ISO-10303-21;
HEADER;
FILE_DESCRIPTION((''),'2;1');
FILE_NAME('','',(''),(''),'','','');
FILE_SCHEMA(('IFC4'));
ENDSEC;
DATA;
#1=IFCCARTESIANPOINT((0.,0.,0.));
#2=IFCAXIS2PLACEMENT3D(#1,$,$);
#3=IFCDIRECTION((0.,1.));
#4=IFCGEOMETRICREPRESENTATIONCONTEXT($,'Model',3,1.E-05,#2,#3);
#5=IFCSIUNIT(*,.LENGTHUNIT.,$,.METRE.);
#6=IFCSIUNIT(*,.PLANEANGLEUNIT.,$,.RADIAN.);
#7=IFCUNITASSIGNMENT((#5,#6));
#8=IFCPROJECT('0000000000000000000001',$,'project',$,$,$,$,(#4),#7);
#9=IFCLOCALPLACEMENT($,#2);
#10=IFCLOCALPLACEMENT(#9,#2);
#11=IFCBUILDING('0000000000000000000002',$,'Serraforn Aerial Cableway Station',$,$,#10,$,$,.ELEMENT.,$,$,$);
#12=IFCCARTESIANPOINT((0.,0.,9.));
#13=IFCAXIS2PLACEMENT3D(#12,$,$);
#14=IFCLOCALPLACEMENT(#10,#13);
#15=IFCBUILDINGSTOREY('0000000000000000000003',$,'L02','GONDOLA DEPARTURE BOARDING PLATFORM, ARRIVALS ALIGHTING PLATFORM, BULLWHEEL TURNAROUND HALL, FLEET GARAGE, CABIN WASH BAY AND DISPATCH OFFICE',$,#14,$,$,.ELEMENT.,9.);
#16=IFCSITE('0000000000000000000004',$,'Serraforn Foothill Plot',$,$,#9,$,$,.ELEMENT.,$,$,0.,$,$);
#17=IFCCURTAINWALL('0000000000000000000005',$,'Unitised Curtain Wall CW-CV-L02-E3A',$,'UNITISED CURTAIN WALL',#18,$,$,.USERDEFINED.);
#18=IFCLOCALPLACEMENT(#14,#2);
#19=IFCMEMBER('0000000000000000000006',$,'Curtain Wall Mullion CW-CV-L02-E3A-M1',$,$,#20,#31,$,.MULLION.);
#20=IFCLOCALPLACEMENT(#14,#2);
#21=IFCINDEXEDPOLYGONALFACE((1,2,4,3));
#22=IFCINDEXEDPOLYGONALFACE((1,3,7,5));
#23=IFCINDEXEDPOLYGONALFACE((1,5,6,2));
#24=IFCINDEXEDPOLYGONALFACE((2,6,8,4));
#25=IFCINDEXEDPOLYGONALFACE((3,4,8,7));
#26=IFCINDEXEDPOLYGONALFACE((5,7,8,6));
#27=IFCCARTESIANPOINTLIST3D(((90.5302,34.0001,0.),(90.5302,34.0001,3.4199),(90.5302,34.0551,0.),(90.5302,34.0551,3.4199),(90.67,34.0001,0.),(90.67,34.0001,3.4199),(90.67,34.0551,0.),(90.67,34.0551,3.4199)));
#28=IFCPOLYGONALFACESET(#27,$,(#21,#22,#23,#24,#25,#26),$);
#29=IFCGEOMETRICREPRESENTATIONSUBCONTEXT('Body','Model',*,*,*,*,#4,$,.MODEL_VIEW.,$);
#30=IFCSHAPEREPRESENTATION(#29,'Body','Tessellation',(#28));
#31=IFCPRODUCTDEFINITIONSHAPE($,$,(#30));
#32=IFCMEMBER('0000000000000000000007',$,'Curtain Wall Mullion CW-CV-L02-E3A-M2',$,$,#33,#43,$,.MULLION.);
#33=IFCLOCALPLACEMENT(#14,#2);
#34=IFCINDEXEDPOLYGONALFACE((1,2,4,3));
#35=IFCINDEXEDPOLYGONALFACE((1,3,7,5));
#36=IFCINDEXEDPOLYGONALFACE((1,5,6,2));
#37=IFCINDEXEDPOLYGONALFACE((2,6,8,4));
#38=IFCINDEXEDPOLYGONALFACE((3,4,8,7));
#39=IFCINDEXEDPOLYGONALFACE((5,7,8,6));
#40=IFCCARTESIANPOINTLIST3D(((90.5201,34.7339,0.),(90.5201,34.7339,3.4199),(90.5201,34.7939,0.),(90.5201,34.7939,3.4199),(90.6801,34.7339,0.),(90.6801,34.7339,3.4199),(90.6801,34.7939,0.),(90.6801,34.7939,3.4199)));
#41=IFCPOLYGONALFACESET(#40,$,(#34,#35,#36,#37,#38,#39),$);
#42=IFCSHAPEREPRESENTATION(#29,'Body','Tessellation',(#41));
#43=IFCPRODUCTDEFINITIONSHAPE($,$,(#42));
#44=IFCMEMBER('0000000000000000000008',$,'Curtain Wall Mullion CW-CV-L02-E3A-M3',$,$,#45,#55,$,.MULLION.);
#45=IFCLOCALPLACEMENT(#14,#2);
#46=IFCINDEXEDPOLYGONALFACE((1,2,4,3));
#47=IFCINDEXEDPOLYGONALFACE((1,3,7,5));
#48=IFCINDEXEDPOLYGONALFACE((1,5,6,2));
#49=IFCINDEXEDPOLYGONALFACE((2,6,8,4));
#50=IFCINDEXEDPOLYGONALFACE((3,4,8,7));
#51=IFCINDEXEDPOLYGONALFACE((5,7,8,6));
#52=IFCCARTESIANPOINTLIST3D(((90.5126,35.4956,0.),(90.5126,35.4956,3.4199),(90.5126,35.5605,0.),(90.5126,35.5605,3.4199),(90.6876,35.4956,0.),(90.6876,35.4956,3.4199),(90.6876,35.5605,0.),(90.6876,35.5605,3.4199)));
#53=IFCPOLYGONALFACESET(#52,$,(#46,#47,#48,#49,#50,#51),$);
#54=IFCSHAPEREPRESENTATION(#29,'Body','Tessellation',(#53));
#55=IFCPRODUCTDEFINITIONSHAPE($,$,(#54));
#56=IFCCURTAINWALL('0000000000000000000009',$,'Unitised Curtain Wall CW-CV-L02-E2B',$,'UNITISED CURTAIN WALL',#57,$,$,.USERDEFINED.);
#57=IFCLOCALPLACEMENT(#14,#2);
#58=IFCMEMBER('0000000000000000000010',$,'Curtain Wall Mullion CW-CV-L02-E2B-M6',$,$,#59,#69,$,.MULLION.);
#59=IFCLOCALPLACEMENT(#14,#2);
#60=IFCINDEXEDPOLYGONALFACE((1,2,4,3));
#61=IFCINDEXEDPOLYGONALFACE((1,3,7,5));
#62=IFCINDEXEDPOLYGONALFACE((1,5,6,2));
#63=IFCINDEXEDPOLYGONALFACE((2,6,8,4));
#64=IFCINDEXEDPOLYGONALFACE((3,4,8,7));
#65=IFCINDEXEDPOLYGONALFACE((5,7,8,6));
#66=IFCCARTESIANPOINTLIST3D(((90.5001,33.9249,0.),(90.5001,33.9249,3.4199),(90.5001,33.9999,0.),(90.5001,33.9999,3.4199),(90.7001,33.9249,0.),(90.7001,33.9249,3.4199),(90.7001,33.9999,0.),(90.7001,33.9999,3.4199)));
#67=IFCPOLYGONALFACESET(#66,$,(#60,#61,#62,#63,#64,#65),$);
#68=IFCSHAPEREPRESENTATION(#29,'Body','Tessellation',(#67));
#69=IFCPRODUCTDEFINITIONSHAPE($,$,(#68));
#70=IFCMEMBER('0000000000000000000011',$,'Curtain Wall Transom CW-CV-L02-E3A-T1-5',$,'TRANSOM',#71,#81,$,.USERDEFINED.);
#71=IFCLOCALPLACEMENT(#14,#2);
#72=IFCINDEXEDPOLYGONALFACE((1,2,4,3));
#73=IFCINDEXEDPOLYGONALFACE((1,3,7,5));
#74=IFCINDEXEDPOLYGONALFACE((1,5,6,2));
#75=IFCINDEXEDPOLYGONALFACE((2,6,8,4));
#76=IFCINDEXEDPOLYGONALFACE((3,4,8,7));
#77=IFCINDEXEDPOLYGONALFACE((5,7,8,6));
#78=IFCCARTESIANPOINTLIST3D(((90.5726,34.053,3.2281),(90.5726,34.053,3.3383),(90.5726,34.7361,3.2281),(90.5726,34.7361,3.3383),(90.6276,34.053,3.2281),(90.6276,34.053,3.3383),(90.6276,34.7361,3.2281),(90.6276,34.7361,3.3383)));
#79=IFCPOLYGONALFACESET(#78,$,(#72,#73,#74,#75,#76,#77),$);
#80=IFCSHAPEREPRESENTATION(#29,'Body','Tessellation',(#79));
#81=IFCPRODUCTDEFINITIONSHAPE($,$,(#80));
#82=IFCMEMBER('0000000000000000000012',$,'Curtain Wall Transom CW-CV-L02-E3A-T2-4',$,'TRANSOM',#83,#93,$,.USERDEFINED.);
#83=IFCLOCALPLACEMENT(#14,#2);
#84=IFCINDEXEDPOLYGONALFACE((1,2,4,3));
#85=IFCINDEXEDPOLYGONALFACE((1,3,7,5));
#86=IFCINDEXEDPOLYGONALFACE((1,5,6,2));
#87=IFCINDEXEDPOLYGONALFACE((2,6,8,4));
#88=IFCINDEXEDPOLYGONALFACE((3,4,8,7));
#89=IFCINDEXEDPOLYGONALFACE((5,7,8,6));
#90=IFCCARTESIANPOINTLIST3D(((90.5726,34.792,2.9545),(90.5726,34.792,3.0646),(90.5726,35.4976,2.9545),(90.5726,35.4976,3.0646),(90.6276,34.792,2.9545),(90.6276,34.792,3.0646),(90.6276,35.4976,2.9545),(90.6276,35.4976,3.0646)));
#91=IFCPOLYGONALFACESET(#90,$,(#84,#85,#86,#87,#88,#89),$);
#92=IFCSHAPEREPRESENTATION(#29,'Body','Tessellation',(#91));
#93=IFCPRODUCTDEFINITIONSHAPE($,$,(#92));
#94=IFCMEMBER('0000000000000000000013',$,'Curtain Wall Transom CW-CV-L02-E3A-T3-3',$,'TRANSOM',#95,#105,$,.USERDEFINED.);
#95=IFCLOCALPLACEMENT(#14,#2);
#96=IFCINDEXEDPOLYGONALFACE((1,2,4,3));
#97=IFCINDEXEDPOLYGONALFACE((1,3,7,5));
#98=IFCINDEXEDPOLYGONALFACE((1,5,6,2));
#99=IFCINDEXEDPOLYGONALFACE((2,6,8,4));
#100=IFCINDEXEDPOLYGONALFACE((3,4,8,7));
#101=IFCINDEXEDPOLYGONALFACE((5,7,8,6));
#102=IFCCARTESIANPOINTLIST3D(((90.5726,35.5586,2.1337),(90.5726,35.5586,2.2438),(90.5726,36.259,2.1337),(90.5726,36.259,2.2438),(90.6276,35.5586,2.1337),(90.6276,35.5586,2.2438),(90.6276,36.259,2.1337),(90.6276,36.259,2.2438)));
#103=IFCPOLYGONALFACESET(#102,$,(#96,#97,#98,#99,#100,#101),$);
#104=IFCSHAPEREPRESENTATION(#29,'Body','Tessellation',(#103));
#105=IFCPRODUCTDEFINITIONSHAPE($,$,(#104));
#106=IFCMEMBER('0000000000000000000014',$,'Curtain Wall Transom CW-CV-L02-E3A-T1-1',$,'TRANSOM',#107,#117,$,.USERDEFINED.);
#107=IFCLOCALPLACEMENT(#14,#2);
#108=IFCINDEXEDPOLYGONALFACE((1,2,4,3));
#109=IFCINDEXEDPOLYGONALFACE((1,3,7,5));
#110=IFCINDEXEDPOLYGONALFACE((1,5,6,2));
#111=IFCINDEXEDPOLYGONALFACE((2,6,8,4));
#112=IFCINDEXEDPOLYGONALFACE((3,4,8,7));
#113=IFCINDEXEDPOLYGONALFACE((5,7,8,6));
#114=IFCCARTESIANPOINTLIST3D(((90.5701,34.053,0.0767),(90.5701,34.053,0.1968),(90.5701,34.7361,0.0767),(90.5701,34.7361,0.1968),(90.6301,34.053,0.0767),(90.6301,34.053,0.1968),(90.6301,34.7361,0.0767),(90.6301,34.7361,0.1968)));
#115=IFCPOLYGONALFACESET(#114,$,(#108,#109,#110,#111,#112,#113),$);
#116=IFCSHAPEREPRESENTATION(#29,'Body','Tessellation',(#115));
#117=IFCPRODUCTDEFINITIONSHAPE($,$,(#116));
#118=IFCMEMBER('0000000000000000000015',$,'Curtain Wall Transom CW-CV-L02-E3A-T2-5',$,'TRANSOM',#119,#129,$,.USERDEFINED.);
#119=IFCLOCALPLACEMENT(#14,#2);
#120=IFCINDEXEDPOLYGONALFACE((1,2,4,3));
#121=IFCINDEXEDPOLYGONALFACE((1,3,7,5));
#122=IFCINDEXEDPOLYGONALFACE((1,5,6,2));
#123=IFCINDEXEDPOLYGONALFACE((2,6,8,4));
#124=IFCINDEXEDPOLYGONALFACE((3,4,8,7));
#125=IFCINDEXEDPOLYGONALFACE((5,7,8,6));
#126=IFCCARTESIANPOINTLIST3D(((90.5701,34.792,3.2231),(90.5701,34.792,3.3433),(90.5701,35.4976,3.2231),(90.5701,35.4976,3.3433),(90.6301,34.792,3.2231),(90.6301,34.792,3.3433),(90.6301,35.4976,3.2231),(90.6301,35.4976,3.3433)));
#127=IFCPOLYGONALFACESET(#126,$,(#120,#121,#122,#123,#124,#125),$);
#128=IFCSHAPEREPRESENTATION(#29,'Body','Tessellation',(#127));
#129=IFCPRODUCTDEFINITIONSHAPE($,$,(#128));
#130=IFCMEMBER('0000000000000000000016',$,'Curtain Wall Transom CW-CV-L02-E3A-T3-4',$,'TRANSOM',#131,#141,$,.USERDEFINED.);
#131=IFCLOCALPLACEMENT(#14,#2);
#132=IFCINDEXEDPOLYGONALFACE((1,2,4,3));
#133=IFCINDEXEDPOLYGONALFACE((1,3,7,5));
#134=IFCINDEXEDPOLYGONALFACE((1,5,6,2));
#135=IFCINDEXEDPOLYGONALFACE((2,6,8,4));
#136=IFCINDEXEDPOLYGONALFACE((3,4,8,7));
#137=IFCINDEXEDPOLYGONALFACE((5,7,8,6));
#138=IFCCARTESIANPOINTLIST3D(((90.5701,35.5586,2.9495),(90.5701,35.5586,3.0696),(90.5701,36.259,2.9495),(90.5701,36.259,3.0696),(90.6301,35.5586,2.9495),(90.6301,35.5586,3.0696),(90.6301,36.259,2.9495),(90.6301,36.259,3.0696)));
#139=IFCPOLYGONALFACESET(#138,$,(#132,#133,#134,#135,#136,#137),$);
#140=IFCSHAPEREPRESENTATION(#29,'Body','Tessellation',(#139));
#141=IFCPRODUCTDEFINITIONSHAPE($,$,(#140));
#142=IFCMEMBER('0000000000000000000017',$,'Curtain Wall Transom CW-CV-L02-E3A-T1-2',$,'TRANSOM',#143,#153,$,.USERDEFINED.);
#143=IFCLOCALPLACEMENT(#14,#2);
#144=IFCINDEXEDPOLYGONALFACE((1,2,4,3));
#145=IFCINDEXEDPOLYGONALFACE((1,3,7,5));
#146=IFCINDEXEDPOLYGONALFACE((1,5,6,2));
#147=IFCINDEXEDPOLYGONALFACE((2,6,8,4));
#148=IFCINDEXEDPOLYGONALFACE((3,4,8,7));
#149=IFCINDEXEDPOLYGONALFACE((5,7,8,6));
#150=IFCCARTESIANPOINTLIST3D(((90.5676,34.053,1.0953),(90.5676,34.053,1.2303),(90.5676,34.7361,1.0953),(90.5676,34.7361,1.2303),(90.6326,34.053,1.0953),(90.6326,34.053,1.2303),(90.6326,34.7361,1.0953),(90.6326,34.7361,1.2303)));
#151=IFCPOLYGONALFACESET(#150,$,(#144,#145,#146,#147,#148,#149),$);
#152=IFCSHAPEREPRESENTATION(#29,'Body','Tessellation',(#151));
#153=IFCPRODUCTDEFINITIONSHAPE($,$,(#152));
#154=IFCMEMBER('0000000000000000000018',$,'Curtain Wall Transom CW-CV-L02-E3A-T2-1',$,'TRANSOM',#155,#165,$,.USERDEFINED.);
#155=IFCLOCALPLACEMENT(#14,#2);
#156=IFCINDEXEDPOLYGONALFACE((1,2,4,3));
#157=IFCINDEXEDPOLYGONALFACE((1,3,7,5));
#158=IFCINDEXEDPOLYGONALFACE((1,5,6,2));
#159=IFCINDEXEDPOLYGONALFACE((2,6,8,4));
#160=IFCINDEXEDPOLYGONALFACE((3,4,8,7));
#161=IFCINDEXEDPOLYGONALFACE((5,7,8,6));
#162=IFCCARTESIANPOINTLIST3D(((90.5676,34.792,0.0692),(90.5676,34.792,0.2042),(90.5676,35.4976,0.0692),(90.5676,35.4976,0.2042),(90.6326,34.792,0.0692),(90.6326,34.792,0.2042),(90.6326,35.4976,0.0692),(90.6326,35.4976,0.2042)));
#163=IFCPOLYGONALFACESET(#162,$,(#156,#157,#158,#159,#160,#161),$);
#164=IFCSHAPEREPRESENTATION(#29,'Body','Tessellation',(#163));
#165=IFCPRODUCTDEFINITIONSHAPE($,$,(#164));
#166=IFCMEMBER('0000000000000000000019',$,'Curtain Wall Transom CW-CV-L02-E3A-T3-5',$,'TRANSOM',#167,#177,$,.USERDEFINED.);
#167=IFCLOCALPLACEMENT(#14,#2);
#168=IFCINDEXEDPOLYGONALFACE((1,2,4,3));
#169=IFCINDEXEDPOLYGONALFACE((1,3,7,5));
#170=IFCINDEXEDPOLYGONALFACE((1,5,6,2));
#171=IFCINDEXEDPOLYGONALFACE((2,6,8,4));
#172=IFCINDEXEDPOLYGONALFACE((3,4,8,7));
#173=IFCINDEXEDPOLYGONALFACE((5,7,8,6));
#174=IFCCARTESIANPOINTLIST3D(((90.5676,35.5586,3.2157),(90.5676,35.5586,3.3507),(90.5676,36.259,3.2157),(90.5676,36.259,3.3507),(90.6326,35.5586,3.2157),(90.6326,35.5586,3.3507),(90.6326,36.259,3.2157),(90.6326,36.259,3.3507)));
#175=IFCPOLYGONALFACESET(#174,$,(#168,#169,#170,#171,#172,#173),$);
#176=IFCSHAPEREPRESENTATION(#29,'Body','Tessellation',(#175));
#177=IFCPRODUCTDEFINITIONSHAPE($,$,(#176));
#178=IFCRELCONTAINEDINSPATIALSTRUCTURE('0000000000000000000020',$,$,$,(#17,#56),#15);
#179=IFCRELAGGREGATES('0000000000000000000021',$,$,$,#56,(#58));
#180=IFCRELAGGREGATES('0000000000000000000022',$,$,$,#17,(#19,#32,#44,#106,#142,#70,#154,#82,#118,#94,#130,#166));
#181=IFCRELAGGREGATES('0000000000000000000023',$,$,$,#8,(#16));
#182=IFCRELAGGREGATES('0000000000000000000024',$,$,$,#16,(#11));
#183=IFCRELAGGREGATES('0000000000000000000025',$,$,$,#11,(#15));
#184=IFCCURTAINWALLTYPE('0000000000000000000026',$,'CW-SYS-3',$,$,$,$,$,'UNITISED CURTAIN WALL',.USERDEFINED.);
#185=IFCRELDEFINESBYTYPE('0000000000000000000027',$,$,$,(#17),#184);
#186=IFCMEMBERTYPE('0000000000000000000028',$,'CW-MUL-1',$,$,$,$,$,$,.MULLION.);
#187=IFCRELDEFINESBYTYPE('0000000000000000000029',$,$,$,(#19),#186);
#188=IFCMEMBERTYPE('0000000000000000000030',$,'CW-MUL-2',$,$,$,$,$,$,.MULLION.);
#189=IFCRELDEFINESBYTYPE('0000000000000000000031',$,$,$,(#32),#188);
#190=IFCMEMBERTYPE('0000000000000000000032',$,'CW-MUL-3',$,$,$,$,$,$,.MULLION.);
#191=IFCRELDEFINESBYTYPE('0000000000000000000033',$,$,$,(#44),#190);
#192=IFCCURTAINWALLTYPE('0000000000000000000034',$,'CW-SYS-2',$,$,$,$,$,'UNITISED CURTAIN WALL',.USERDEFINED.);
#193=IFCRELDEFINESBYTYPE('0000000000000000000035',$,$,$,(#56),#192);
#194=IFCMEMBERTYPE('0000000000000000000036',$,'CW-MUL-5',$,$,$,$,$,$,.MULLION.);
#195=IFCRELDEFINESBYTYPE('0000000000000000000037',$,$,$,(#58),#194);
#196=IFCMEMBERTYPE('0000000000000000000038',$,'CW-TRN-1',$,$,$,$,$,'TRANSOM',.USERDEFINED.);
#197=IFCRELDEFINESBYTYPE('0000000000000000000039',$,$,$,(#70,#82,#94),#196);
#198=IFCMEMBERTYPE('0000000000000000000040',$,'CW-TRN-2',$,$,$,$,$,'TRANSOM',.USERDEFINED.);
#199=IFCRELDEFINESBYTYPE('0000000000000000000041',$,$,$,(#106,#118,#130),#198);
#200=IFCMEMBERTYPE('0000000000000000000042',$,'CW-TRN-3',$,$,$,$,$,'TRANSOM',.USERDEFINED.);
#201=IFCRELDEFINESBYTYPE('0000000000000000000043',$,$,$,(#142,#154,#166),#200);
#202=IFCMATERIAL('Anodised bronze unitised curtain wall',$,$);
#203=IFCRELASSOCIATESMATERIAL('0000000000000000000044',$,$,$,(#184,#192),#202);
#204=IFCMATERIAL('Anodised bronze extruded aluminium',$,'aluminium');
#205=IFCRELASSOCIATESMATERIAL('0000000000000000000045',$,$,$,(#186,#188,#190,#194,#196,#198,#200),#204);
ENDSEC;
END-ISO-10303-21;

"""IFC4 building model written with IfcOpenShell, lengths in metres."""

from ifc_helpers import new_model, si_unit, direction, frame, origin, origin_2d, place, context, subcontext, project, spatial, rectangle, extrude, material, material_profile, profile_set, type_object, element, aggregate, save


model = new_model("IFC4")

# Units and contexts
model_context = context("Model", 3, precision=1e-05, world=origin(), true_north=direction((0.0, 1.0)))
body_context = subcontext(model_context, "Body", "Model", "MODEL_VIEW")
ifc_project = project(units=[si_unit("LENGTHUNIT", "METRE"), si_unit("PLANEANGLEUNIT", "RADIAN")], contexts=[model_context])

# Site, building, storey
site_placement = place(None, origin())
site = spatial("IfcSite", under=ifc_project, at=site_placement, Name="Serraforn Foothill Plot", CompositionType="ELEMENT", RefElevation=0.0)
building_placement = place(site_placement, origin())
building = spatial("IfcBuilding", under=site, at=building_placement, Name="Serraforn Aerial Cableway Station", CompositionType="ELEMENT")
storey_placement = place(building_placement, frame((0.0, 0.0, 9.0)))
storey = spatial("IfcBuildingStorey", under=building, at=storey_placement, Name="L02", Description="GONDOLA DEPARTURE BOARDING PLATFORM, ARRIVALS ALIGHTING PLATFORM, BULLWHEEL TURNAROUND HALL, FLEET GARAGE, CABIN WASH BAY AND DISPATCH OFFICE", CompositionType="ELEMENT", Elevation=9.0)

# Curtain wall, members
ifc_material_1 = material(Name="Anodised bronze unitised curtain wall")
curtain_wall_type_1 = type_object("IfcCurtainWallType", Name="CW-SYS-3", ElementType="UNITISED CURTAIN WALL", PredefinedType="USERDEFINED", material=ifc_material_1)
curtain_wall_1_placement = place(storey_placement, origin())
curtain_wall_1 = element("IfcCurtainWall", 1, at=curtain_wall_1_placement, inside=storey, type_object=curtain_wall_type_1, Name="Unitised Curtain Wall CW-CV-L02-E3A", ObjectType="UNITISED CURTAIN WALL", PredefinedType="USERDEFINED")
ifc_material_2 = material(Name="Anodised bronze extruded aluminium", Category="aluminium")
ifc_material_profile_1 = material_profile(ifc_material_2, rectangle(XDim=0.0549, YDim=0.1399, at=origin_2d()), Name="CW MULLION 55x140")
ifc_profile_set_1 = profile_set([ifc_material_profile_1], Name="Anodised bronze extruded aluminium")
member_type_1 = type_object("IfcMemberType", Name="CW-MUL-1", PredefinedType="MULLION", material=ifc_profile_set_1)
member_1_placement = place(storey_placement, frame((90.6001, 34.0276, 0.0), z_axis=(0.0, 0.0, 1.0), x_axis=(0.0, 1.0, 0.0)))
member_1 = element("IfcMember", 2, at=member_1_placement, type_object=member_type_1, Name="Curtain Wall Mullion CW-CV-L02-E3A-M1", PredefinedType="MULLION", context=body_context, shape_type="SweptSolid", body=[
    extrude(rectangle(XDim=0.0549, YDim=0.1399, at=origin_2d()), origin(), (0.0, 0.0, 1.0), 3.4199),
])
ifc_material_profile_2 = material_profile(ifc_material_2, rectangle(XDim=0.0601, YDim=0.1599, at=origin_2d()), Name="CW MULLION 60x160")
ifc_profile_set_2 = profile_set([ifc_material_profile_2], Name="Anodised bronze extruded aluminium")
member_type_2 = type_object("IfcMemberType", Name="CW-MUL-2", PredefinedType="MULLION", material=ifc_profile_set_2)
member_2_placement = place(storey_placement, frame((90.6001, 34.7639, 0.0), z_axis=(0.0, 0.0, 1.0), x_axis=(0.0, 1.0, 0.0)))
member_2 = element("IfcMember", 3, at=member_2_placement, type_object=member_type_2, Name="Curtain Wall Mullion CW-CV-L02-E3A-M2", PredefinedType="MULLION", context=body_context, shape_type="SweptSolid", body=[
    extrude(rectangle(XDim=0.0601, YDim=0.1599, at=origin_2d()), origin(), (0.0, 0.0, 1.0), 3.4199),
])
ifc_material_profile_3 = material_profile(ifc_material_2, rectangle(XDim=0.0649, YDim=0.175, at=origin_2d()), Name="CW MULLION 65x175")
ifc_profile_set_3 = profile_set([ifc_material_profile_3], Name="Anodised bronze extruded aluminium")
member_type_3 = type_object("IfcMemberType", Name="CW-MUL-3", PredefinedType="MULLION", material=ifc_profile_set_3)
member_3_placement = place(storey_placement, frame((90.6001, 35.5281, 0.0), z_axis=(0.0, 0.0, 1.0), x_axis=(0.0, 1.0, 0.0)))
member_3 = element("IfcMember", 4, at=member_3_placement, type_object=member_type_3, Name="Curtain Wall Mullion CW-CV-L02-E3A-M3", PredefinedType="MULLION", context=body_context, shape_type="SweptSolid", body=[
    extrude(rectangle(XDim=0.0649, YDim=0.175, at=origin_2d()), origin(), (0.0, 0.0, 1.0), 3.4199),
])

# Curtain wall, member
curtain_wall_type_2 = type_object("IfcCurtainWallType", Name="CW-SYS-2", ElementType="UNITISED CURTAIN WALL", PredefinedType="USERDEFINED", material=ifc_material_1)
curtain_wall_2_placement = place(storey_placement, origin())
curtain_wall_2 = element("IfcCurtainWall", 5, at=curtain_wall_2_placement, inside=storey, type_object=curtain_wall_type_2, Name="Unitised Curtain Wall CW-CV-L02-E2B", ObjectType="UNITISED CURTAIN WALL", PredefinedType="USERDEFINED")
ifc_material_profile_4 = material_profile(ifc_material_2, rectangle(XDim=0.075, YDim=0.2, at=origin_2d()), Name="CW MULLION 75x200")
ifc_profile_set_4 = profile_set([ifc_material_profile_4], Name="Anodised bronze extruded aluminium")
member_type_4 = type_object("IfcMemberType", Name="CW-MUL-5", PredefinedType="MULLION", material=ifc_profile_set_4)
member_4_placement = place(storey_placement, frame((90.6001, 33.9624, 0.0), z_axis=(0.0, 0.0, 1.0), x_axis=(0.0, 1.0, 0.0)))
member_4 = element("IfcMember", 6, at=member_4_placement, type_object=member_type_4, Name="Curtain Wall Mullion CW-CV-L02-E2B-M6", PredefinedType="MULLION", context=body_context, shape_type="SweptSolid", body=[
    extrude(rectangle(XDim=0.075, YDim=0.2, at=origin_2d()), origin(), (0.0, 0.0, 1.0), 3.4199),
])

# Members
ifc_material_profile_5 = material_profile(ifc_material_2, rectangle(XDim=0.0549, YDim=0.1101, at=origin_2d()), Name="CW TRANSOM 55x110")
ifc_profile_set_5 = profile_set([ifc_material_profile_5], Name="Anodised bronze extruded aluminium")
member_type_5 = type_object("IfcMemberType", Name="CW-TRN-1", ElementType="TRANSOM", PredefinedType="USERDEFINED", material=ifc_profile_set_5)
member_5_placement = place(storey_placement, frame((90.6001, 34.053, 3.2832), z_axis=(0.0, 1.0, 0.0), x_axis=(-1.0, 0.0, 0.0)))
member_5 = element("IfcMember", 7, at=member_5_placement, type_object=member_type_5, Name="Curtain Wall Transom CW-CV-L02-E3A-T1-5", ObjectType="TRANSOM", PredefinedType="USERDEFINED", context=body_context, shape_type="SweptSolid", body=[
    extrude(rectangle(XDim=0.0549, YDim=0.1101, at=origin_2d()), origin(), (0.0, 0.0, 1.0), 0.6831),
])
member_6_placement = place(storey_placement, frame((90.6001, 34.792, 3.0095), z_axis=(0.0, 1.0, 0.0), x_axis=(-1.0, 0.0, 0.0)))
member_6 = element("IfcMember", 8, at=member_6_placement, type_object=member_type_5, Name="Curtain Wall Transom CW-CV-L02-E3A-T2-4", ObjectType="TRANSOM", PredefinedType="USERDEFINED", context=body_context, shape_type="SweptSolid", body=[
    extrude(rectangle(XDim=0.0549, YDim=0.1101, at=origin_2d()), origin(), (0.0, 0.0, 1.0), 0.7056),
])
member_7_placement = place(storey_placement, frame((90.6001, 35.5586, 2.1887), z_axis=(0.0, 1.0, 0.0), x_axis=(-1.0, 0.0, 0.0)))
member_7 = element("IfcMember", 9, at=member_7_placement, type_object=member_type_5, Name="Curtain Wall Transom CW-CV-L02-E3A-T3-3", ObjectType="TRANSOM", PredefinedType="USERDEFINED", context=body_context, shape_type="SweptSolid", body=[
    extrude(rectangle(XDim=0.0549, YDim=0.1101, at=origin_2d()), origin(), (0.0, 0.0, 1.0), 0.7004),
])
ifc_material_profile_6 = material_profile(ifc_material_2, rectangle(XDim=0.0601, YDim=0.1201, at=origin_2d()), Name="CW TRANSOM 60x120")
ifc_profile_set_6 = profile_set([ifc_material_profile_6], Name="Anodised bronze extruded aluminium")
member_type_6 = type_object("IfcMemberType", Name="CW-TRN-2", ElementType="TRANSOM", PredefinedType="USERDEFINED", material=ifc_profile_set_6)
member_8_placement = place(storey_placement, frame((90.6001, 34.053, 0.1367), z_axis=(0.0, 1.0, 0.0), x_axis=(-1.0, 0.0, 0.0)))
member_8 = element("IfcMember", 10, at=member_8_placement, type_object=member_type_6, Name="Curtain Wall Transom CW-CV-L02-E3A-T1-1", ObjectType="TRANSOM", PredefinedType="USERDEFINED", context=body_context, shape_type="SweptSolid", body=[
    extrude(rectangle(XDim=0.0601, YDim=0.1201, at=origin_2d()), origin(), (0.0, 0.0, 1.0), 0.6831),
])
member_9_placement = place(storey_placement, frame((90.6001, 34.792, 3.2832), z_axis=(0.0, 1.0, 0.0), x_axis=(-1.0, 0.0, 0.0)))
member_9 = element("IfcMember", 11, at=member_9_placement, type_object=member_type_6, Name="Curtain Wall Transom CW-CV-L02-E3A-T2-5", ObjectType="TRANSOM", PredefinedType="USERDEFINED", context=body_context, shape_type="SweptSolid", body=[
    extrude(rectangle(XDim=0.0601, YDim=0.1201, at=origin_2d()), origin(), (0.0, 0.0, 1.0), 0.7056),
])
member_10_placement = place(storey_placement, frame((90.6001, 35.5586, 3.0095), z_axis=(0.0, 1.0, 0.0), x_axis=(-1.0, 0.0, 0.0)))
member_10 = element("IfcMember", 12, at=member_10_placement, type_object=member_type_6, Name="Curtain Wall Transom CW-CV-L02-E3A-T3-4", ObjectType="TRANSOM", PredefinedType="USERDEFINED", context=body_context, shape_type="SweptSolid", body=[
    extrude(rectangle(XDim=0.0601, YDim=0.1201, at=origin_2d()), origin(), (0.0, 0.0, 1.0), 0.7004),
])
ifc_material_profile_7 = material_profile(ifc_material_2, rectangle(XDim=0.0649, YDim=0.135, at=origin_2d()), Name="CW TRANSOM 65x135")
ifc_profile_set_7 = profile_set([ifc_material_profile_7], Name="Anodised bronze extruded aluminium")
member_type_7 = type_object("IfcMemberType", Name="CW-TRN-3", ElementType="TRANSOM", PredefinedType="USERDEFINED", material=ifc_profile_set_7)
member_11_placement = place(storey_placement, frame((90.6001, 34.053, 1.1628), z_axis=(0.0, 1.0, 0.0), x_axis=(-1.0, 0.0, 0.0)))
member_11 = element("IfcMember", 13, at=member_11_placement, type_object=member_type_7, Name="Curtain Wall Transom CW-CV-L02-E3A-T1-2", ObjectType="TRANSOM", PredefinedType="USERDEFINED", context=body_context, shape_type="SweptSolid", body=[
    extrude(rectangle(XDim=0.0649, YDim=0.135, at=origin_2d()), origin(), (0.0, 0.0, 1.0), 0.6831),
])
member_12_placement = place(storey_placement, frame((90.6001, 34.792, 0.1367), z_axis=(0.0, 1.0, 0.0), x_axis=(-1.0, 0.0, 0.0)))
member_12 = element("IfcMember", 14, at=member_12_placement, type_object=member_type_7, Name="Curtain Wall Transom CW-CV-L02-E3A-T2-1", ObjectType="TRANSOM", PredefinedType="USERDEFINED", context=body_context, shape_type="SweptSolid", body=[
    extrude(rectangle(XDim=0.0649, YDim=0.135, at=origin_2d()), origin(), (0.0, 0.0, 1.0), 0.7056),
])
member_13_placement = place(storey_placement, frame((90.6001, 35.5586, 3.2832), z_axis=(0.0, 1.0, 0.0), x_axis=(-1.0, 0.0, 0.0)))
member_13 = element("IfcMember", 15, at=member_13_placement, type_object=member_type_7, Name="Curtain Wall Transom CW-CV-L02-E3A-T3-5", ObjectType="TRANSOM", PredefinedType="USERDEFINED", context=body_context, shape_type="SweptSolid", body=[
    extrude(rectangle(XDim=0.0649, YDim=0.135, at=origin_2d()), origin(), (0.0, 0.0, 1.0), 0.7004),
])

aggregate(curtain_wall_2, [member_4])
aggregate(curtain_wall_1, [member_1, member_2, member_3, member_8, member_11, member_5, member_12, member_6, member_9, member_7, member_10, member_13])

save(model, "model.ifc")
